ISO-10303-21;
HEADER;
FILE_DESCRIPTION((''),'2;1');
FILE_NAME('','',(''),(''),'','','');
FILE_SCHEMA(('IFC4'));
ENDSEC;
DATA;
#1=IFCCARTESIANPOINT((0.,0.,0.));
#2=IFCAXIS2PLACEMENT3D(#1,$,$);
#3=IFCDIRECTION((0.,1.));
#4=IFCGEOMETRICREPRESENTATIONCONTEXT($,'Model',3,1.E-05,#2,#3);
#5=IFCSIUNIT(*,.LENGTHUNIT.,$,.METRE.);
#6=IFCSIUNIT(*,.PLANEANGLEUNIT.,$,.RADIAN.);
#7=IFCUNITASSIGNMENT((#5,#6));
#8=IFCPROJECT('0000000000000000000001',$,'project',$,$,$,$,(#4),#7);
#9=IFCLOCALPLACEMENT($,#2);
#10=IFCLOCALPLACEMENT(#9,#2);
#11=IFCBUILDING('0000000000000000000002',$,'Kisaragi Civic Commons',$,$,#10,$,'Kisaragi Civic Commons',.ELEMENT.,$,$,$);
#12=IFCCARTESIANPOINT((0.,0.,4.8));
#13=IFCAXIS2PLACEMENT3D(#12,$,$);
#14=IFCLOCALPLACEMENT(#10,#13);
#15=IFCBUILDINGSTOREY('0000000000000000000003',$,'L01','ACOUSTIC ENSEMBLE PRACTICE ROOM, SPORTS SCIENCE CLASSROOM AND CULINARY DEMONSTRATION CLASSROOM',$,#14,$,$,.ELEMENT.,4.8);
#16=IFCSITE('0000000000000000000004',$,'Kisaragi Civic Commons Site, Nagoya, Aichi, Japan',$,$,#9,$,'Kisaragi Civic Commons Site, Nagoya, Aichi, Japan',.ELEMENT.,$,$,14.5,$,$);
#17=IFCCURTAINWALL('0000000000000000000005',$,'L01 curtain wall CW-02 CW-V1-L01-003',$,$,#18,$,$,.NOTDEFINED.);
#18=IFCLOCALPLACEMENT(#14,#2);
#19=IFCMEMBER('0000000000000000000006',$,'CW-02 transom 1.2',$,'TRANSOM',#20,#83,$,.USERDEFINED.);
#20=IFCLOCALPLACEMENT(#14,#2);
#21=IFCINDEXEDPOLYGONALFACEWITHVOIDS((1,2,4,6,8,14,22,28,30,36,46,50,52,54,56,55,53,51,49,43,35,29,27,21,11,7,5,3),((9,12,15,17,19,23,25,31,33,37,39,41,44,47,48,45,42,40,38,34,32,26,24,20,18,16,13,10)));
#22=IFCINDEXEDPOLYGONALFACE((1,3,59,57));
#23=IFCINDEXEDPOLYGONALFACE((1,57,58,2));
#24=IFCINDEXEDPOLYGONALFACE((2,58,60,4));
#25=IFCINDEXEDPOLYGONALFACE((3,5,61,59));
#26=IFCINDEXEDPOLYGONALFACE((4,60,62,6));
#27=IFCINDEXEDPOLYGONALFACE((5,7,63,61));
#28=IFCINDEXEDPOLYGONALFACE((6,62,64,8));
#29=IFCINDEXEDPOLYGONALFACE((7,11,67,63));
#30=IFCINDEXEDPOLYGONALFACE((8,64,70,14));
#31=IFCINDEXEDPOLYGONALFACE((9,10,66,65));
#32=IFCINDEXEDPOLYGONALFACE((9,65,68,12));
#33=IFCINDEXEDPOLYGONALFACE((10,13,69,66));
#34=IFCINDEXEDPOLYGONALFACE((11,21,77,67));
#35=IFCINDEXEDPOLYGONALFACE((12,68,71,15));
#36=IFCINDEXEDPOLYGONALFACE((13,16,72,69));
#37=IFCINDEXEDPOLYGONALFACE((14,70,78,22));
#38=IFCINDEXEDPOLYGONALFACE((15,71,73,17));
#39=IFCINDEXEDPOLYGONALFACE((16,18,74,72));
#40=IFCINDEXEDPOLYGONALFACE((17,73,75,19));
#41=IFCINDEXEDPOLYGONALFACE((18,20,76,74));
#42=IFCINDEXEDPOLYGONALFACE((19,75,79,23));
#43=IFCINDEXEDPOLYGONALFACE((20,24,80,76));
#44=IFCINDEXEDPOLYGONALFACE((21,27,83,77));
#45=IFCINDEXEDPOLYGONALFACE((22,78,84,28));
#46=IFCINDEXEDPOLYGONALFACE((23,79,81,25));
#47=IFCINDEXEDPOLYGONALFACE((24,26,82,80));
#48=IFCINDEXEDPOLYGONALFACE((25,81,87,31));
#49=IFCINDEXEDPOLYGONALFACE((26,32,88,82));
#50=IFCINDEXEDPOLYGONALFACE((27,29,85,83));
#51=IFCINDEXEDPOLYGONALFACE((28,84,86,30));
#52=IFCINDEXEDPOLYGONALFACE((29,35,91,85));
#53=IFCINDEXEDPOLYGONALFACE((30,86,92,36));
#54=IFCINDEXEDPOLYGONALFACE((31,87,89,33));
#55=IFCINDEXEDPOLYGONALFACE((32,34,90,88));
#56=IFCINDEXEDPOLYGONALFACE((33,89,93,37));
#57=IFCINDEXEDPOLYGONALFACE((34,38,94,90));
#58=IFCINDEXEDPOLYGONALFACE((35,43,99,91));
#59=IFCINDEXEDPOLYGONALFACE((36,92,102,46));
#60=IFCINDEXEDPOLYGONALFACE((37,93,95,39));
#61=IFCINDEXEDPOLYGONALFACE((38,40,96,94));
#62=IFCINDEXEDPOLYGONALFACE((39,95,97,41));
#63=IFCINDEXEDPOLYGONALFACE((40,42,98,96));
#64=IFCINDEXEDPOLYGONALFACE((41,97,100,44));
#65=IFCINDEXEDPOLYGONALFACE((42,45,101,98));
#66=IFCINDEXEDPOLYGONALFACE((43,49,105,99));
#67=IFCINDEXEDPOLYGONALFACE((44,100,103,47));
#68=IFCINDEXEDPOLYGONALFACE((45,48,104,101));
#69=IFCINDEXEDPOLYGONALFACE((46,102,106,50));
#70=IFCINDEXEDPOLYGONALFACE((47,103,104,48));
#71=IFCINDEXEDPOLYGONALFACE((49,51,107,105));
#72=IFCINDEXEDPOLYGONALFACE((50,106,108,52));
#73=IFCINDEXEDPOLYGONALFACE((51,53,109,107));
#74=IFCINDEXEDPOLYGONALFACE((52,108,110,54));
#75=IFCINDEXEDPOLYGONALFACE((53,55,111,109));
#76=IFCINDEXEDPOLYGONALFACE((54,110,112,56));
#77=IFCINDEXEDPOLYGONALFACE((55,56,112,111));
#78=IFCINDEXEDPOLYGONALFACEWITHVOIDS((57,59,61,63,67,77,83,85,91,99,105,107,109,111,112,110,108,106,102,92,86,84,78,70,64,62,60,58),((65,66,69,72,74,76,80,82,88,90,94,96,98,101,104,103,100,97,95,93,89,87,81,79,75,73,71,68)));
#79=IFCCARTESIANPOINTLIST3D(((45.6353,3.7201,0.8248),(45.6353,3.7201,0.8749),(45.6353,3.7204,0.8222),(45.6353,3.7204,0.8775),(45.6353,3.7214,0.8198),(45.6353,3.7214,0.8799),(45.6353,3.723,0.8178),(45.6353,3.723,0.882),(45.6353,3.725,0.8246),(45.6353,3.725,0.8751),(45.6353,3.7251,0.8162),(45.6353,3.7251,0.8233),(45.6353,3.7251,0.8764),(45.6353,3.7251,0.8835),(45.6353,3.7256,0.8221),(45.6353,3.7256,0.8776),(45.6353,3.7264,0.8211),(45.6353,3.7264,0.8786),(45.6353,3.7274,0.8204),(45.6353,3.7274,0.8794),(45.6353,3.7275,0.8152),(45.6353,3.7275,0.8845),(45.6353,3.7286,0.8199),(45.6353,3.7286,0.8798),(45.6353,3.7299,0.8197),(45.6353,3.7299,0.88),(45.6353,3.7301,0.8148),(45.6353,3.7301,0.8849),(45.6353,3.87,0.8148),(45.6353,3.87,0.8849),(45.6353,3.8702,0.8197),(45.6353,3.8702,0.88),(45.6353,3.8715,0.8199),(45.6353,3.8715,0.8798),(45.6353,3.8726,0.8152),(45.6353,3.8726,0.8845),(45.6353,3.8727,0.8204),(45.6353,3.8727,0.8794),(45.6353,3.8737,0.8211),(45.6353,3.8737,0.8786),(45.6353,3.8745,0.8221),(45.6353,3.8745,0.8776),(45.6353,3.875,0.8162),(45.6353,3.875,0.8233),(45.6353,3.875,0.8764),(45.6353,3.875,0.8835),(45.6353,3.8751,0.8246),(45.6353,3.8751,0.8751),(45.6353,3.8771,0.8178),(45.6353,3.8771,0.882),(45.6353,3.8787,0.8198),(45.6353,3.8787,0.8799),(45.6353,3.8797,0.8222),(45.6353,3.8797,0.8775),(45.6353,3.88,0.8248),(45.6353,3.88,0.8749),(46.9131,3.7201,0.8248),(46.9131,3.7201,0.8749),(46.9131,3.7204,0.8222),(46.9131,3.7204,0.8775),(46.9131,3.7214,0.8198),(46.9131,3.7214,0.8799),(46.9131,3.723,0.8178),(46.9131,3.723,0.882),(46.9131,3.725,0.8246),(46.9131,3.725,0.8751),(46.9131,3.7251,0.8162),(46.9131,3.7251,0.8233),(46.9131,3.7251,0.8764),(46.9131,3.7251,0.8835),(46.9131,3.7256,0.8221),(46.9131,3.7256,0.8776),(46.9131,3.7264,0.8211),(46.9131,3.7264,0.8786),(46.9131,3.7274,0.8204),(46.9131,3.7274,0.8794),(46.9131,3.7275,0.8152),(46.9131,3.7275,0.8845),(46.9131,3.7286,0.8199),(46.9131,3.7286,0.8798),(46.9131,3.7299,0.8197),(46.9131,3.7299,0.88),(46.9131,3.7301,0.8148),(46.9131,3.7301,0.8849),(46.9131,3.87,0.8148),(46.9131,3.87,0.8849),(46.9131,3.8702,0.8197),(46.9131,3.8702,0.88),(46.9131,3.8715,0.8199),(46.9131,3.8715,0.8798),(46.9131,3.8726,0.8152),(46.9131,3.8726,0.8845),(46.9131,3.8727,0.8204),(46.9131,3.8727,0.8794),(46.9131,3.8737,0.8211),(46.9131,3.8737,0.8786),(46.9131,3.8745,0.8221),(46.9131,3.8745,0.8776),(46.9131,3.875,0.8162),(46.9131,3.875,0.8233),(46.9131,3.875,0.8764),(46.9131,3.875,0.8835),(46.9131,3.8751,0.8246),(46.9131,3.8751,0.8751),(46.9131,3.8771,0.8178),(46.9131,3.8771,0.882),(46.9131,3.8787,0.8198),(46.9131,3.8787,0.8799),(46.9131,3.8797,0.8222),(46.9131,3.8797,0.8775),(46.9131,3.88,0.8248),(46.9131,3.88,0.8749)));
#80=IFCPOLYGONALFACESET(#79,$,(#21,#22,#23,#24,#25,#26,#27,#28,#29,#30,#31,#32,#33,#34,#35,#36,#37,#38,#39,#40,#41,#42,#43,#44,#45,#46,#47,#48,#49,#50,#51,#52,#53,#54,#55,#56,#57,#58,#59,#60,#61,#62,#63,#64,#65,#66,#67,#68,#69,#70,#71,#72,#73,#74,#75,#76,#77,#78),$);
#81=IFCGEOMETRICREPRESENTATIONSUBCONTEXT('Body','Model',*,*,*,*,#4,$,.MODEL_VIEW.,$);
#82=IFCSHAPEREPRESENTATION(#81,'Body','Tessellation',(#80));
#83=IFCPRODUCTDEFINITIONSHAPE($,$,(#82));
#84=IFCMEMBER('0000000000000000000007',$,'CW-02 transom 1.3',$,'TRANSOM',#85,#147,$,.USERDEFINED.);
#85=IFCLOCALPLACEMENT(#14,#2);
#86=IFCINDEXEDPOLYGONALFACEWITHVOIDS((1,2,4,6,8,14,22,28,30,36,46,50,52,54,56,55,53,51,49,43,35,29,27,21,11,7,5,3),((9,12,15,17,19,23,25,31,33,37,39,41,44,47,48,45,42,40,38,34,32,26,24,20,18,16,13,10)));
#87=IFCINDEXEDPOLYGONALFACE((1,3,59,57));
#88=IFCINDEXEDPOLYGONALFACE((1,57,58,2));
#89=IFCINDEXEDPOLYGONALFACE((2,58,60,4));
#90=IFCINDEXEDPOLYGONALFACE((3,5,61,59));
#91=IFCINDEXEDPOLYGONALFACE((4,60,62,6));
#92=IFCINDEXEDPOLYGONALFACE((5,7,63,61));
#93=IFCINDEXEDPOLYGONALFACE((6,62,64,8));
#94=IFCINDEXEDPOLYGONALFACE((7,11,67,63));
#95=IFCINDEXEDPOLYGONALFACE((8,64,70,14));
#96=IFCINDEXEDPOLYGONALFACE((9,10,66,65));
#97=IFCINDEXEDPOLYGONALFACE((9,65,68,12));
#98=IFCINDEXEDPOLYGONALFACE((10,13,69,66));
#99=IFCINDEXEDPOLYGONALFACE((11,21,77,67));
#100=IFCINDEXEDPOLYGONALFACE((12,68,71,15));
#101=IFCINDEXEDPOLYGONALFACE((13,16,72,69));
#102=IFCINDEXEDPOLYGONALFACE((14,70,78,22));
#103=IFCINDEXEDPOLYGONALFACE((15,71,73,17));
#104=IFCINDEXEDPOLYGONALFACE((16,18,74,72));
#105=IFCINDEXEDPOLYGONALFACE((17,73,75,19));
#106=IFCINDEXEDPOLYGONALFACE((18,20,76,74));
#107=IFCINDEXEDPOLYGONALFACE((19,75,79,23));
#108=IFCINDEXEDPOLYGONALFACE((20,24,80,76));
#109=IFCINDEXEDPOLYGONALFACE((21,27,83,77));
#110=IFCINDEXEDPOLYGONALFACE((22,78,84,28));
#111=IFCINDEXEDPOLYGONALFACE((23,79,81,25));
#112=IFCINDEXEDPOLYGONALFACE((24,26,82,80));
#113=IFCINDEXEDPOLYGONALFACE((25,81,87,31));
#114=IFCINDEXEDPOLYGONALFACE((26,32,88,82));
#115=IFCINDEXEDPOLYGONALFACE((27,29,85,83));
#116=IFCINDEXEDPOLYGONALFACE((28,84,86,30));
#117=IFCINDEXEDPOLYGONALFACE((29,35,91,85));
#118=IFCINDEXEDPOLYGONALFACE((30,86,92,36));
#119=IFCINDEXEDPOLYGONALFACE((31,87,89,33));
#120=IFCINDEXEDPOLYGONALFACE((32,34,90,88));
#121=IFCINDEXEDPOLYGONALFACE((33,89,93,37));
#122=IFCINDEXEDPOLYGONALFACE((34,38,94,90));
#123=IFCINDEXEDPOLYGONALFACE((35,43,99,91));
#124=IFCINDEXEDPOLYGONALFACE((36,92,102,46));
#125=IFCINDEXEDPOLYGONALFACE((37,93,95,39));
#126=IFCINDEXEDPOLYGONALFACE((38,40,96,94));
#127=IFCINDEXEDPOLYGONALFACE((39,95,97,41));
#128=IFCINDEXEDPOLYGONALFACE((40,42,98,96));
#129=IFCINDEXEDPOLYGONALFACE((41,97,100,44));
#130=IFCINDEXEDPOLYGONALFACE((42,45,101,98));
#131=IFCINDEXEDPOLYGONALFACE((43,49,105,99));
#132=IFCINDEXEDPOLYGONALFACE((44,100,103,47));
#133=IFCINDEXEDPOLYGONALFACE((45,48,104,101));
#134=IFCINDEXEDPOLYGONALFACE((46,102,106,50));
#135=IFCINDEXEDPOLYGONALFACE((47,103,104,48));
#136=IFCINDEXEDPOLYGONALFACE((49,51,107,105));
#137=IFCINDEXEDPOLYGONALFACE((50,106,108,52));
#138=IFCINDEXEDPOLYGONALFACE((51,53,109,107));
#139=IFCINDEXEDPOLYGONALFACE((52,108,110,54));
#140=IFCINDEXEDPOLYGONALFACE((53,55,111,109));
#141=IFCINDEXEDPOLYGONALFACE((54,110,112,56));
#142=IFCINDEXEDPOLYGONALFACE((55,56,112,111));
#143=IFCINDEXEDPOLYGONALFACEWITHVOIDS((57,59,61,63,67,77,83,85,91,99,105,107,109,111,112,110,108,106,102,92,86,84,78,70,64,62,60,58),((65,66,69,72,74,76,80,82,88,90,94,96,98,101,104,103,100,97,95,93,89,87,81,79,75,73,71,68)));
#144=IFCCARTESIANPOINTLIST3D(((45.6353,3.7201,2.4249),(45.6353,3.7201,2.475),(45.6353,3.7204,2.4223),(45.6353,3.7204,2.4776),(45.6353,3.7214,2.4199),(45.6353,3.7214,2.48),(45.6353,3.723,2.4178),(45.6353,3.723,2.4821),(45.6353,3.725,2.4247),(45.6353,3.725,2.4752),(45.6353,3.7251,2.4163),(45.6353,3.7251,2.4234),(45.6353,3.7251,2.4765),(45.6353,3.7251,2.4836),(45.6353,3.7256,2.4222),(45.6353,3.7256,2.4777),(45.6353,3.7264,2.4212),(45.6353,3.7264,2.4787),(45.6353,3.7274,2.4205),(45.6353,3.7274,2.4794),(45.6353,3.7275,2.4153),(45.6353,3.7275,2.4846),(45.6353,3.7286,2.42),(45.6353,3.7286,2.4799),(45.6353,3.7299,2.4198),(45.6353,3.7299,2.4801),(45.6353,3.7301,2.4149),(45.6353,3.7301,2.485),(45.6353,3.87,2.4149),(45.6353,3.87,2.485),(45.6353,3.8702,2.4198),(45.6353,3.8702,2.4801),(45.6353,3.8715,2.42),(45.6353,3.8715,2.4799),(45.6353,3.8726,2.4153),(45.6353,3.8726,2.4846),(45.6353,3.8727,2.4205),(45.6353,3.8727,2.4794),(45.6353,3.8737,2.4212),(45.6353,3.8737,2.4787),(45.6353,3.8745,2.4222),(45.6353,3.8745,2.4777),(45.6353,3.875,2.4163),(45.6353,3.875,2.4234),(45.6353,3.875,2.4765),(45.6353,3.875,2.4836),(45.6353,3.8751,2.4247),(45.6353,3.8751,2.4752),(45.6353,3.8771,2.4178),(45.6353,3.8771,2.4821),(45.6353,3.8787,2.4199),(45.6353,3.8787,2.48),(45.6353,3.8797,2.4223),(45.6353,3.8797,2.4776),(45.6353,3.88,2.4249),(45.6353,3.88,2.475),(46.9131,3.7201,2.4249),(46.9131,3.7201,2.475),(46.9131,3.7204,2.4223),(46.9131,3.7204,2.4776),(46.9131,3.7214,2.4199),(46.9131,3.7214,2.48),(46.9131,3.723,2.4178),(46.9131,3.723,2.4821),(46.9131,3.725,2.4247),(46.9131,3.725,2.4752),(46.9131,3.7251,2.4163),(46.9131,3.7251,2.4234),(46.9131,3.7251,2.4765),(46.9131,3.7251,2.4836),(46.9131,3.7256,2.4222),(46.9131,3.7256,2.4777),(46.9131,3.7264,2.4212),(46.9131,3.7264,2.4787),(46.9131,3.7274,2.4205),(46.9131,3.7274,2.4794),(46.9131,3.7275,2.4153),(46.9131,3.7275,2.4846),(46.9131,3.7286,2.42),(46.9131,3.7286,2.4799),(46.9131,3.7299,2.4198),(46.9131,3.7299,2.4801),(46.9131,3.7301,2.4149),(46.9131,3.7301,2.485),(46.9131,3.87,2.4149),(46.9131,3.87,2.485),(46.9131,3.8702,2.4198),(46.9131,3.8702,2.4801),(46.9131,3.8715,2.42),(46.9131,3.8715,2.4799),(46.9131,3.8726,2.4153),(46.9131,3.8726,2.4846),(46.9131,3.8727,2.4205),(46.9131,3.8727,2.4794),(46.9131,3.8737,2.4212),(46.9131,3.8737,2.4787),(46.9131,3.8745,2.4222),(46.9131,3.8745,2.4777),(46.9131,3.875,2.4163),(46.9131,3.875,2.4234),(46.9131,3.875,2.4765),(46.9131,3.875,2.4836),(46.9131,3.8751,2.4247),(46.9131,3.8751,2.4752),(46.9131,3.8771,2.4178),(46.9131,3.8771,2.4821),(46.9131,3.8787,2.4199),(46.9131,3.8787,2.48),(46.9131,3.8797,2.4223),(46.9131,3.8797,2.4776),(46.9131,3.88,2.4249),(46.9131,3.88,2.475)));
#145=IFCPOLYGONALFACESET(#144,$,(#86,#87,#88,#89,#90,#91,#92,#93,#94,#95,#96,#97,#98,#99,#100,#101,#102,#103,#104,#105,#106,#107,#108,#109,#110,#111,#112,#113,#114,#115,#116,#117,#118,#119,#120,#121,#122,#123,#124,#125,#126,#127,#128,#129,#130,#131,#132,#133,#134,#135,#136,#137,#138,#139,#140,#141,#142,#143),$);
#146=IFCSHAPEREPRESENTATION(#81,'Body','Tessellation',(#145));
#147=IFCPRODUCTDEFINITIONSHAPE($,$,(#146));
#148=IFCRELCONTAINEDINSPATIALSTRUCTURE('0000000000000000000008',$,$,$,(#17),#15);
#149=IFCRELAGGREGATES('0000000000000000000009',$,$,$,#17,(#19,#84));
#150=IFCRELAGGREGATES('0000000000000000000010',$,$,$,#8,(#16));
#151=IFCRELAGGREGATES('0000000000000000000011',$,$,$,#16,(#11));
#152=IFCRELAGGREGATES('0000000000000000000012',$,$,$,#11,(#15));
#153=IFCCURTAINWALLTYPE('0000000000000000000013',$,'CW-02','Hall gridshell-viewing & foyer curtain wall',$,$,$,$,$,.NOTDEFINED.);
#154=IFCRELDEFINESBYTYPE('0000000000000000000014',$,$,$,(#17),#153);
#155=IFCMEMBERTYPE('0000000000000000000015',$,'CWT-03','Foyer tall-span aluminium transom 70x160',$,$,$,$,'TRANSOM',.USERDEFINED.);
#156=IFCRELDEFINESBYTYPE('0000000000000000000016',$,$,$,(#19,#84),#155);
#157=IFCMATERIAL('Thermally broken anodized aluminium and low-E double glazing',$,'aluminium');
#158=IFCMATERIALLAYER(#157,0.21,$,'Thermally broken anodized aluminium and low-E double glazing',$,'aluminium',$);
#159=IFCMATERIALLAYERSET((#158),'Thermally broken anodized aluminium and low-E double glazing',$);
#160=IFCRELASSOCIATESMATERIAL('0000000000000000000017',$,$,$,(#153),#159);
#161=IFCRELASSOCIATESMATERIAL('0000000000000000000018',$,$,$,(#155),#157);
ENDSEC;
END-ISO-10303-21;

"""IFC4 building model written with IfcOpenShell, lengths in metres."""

from ifc_helpers import new_model, si_unit, direction, frame, origin, origin_2d, place, context, subcontext, project, spatial, hollow_rectangle, extrude, material, layer, layer_set, material_profile, profile_set, type_object, element, aggregate, save


model = new_model("IFC4")

# Units and contexts
model_context = context("Model", 3, precision=1e-05, world=origin(), true_north=direction((0.0, 1.0)))
body_context = subcontext(model_context, "Body", "Model", "MODEL_VIEW")
ifc_project = project(units=[si_unit("LENGTHUNIT", "METRE"), si_unit("PLANEANGLEUNIT", "RADIAN")], contexts=[model_context])

# Site, building, storey
site_placement = place(None, origin())
site = spatial("IfcSite", under=ifc_project, at=site_placement, Name="Kisaragi Civic Commons Site, Nagoya, Aichi, Japan", LongName="Kisaragi Civic Commons Site, Nagoya, Aichi, Japan", CompositionType="ELEMENT", RefElevation=14.5)
building_placement = place(site_placement, origin())
building = spatial("IfcBuilding", under=site, at=building_placement, Name="Kisaragi Civic Commons", LongName="Kisaragi Civic Commons", CompositionType="ELEMENT")
storey_placement = place(building_placement, frame((0.0, 0.0, 4.8)))
storey = spatial("IfcBuildingStorey", under=building, at=storey_placement, Name="L01", Description="ACOUSTIC ENSEMBLE PRACTICE ROOM, SPORTS SCIENCE CLASSROOM AND CULINARY DEMONSTRATION CLASSROOM", CompositionType="ELEMENT", Elevation=4.8)

# Shared definitions
ifc_material_1 = material(Name="Thermally broken anodized aluminium and low-E double glazing", Category="aluminium")
ifc_layer_1 = layer(ifc_material_1, 0.21, Name="Thermally broken anodized aluminium and low-E double glazing", Category="aluminium")
ifc_layer_set_1 = layer_set([ifc_layer_1], Name="Thermally broken anodized aluminium and low-E double glazing")
curtain_wall_type = type_object("IfcCurtainWallType", Name="CW-02", Description="Hall gridshell-viewing & foyer curtain wall", PredefinedType="NOTDEFINED", material=ifc_layer_set_1)

# Curtain wall, members
curtain_wall_1_placement = place(storey_placement, origin())
curtain_wall_1 = element("IfcCurtainWall", 1, at=curtain_wall_1_placement, inside=storey, type_object=curtain_wall_type, Name="L01 curtain wall CW-02 CW-V1-L01-003", PredefinedType="NOTDEFINED")
ifc_material_profile_1 = material_profile(ifc_material_1, hollow_rectangle(XDim=0.1599, YDim=0.0701, WallThickness=0.0049, InnerFilletRadius=0.0049, OuterFilletRadius=0.01, at=origin_2d()), Name="CWT-70x160x5", Category="aluminium")
ifc_profile_set_1 = profile_set([ifc_material_profile_1], Name="Thermally broken anodized aluminium and low-E double glazing")
member_type_1 = type_object("IfcMemberType", Name="CWT-03", Description="Foyer tall-span aluminium transom 70x160", ElementType="TRANSOM", PredefinedType="USERDEFINED", material=ifc_profile_set_1)
member_1_placement = place(storey_placement, frame((46.9131, 3.8, 0.8499), z_axis=(-1.0, 0.0, 0.0), x_axis=(0.0, -1.0, 0.0)))
member_1 = element("IfcMember", 2, at=member_1_placement, type_object=member_type_1, Name="CW-02 transom 1.2", ObjectType="TRANSOM", PredefinedType="USERDEFINED", context=body_context, shape_type="SweptSolid", body=[
    extrude(hollow_rectangle(XDim=0.1599, YDim=0.0701, WallThickness=0.0049, InnerFilletRadius=0.0049, OuterFilletRadius=0.01, at=origin_2d()), origin(), (0.0, 0.0, 1.0), 1.2778),
])
member_2_placement = place(storey_placement, frame((46.9131, 3.8, 2.45), z_axis=(-1.0, 0.0, 0.0), x_axis=(0.0, -1.0, 0.0)))
member_2 = element("IfcMember", 3, at=member_2_placement, type_object=member_type_1, Name="CW-02 transom 1.3", ObjectType="TRANSOM", PredefinedType="USERDEFINED", context=body_context, shape_type="SweptSolid", body=[
    extrude(hollow_rectangle(XDim=0.1599, YDim=0.0701, WallThickness=0.0049, InnerFilletRadius=0.0049, OuterFilletRadius=0.01, at=origin_2d()), origin(), (0.0, 0.0, 1.0), 1.2778),
])

aggregate(curtain_wall_1, [member_1, member_2])

save(model, "model.ifc")
